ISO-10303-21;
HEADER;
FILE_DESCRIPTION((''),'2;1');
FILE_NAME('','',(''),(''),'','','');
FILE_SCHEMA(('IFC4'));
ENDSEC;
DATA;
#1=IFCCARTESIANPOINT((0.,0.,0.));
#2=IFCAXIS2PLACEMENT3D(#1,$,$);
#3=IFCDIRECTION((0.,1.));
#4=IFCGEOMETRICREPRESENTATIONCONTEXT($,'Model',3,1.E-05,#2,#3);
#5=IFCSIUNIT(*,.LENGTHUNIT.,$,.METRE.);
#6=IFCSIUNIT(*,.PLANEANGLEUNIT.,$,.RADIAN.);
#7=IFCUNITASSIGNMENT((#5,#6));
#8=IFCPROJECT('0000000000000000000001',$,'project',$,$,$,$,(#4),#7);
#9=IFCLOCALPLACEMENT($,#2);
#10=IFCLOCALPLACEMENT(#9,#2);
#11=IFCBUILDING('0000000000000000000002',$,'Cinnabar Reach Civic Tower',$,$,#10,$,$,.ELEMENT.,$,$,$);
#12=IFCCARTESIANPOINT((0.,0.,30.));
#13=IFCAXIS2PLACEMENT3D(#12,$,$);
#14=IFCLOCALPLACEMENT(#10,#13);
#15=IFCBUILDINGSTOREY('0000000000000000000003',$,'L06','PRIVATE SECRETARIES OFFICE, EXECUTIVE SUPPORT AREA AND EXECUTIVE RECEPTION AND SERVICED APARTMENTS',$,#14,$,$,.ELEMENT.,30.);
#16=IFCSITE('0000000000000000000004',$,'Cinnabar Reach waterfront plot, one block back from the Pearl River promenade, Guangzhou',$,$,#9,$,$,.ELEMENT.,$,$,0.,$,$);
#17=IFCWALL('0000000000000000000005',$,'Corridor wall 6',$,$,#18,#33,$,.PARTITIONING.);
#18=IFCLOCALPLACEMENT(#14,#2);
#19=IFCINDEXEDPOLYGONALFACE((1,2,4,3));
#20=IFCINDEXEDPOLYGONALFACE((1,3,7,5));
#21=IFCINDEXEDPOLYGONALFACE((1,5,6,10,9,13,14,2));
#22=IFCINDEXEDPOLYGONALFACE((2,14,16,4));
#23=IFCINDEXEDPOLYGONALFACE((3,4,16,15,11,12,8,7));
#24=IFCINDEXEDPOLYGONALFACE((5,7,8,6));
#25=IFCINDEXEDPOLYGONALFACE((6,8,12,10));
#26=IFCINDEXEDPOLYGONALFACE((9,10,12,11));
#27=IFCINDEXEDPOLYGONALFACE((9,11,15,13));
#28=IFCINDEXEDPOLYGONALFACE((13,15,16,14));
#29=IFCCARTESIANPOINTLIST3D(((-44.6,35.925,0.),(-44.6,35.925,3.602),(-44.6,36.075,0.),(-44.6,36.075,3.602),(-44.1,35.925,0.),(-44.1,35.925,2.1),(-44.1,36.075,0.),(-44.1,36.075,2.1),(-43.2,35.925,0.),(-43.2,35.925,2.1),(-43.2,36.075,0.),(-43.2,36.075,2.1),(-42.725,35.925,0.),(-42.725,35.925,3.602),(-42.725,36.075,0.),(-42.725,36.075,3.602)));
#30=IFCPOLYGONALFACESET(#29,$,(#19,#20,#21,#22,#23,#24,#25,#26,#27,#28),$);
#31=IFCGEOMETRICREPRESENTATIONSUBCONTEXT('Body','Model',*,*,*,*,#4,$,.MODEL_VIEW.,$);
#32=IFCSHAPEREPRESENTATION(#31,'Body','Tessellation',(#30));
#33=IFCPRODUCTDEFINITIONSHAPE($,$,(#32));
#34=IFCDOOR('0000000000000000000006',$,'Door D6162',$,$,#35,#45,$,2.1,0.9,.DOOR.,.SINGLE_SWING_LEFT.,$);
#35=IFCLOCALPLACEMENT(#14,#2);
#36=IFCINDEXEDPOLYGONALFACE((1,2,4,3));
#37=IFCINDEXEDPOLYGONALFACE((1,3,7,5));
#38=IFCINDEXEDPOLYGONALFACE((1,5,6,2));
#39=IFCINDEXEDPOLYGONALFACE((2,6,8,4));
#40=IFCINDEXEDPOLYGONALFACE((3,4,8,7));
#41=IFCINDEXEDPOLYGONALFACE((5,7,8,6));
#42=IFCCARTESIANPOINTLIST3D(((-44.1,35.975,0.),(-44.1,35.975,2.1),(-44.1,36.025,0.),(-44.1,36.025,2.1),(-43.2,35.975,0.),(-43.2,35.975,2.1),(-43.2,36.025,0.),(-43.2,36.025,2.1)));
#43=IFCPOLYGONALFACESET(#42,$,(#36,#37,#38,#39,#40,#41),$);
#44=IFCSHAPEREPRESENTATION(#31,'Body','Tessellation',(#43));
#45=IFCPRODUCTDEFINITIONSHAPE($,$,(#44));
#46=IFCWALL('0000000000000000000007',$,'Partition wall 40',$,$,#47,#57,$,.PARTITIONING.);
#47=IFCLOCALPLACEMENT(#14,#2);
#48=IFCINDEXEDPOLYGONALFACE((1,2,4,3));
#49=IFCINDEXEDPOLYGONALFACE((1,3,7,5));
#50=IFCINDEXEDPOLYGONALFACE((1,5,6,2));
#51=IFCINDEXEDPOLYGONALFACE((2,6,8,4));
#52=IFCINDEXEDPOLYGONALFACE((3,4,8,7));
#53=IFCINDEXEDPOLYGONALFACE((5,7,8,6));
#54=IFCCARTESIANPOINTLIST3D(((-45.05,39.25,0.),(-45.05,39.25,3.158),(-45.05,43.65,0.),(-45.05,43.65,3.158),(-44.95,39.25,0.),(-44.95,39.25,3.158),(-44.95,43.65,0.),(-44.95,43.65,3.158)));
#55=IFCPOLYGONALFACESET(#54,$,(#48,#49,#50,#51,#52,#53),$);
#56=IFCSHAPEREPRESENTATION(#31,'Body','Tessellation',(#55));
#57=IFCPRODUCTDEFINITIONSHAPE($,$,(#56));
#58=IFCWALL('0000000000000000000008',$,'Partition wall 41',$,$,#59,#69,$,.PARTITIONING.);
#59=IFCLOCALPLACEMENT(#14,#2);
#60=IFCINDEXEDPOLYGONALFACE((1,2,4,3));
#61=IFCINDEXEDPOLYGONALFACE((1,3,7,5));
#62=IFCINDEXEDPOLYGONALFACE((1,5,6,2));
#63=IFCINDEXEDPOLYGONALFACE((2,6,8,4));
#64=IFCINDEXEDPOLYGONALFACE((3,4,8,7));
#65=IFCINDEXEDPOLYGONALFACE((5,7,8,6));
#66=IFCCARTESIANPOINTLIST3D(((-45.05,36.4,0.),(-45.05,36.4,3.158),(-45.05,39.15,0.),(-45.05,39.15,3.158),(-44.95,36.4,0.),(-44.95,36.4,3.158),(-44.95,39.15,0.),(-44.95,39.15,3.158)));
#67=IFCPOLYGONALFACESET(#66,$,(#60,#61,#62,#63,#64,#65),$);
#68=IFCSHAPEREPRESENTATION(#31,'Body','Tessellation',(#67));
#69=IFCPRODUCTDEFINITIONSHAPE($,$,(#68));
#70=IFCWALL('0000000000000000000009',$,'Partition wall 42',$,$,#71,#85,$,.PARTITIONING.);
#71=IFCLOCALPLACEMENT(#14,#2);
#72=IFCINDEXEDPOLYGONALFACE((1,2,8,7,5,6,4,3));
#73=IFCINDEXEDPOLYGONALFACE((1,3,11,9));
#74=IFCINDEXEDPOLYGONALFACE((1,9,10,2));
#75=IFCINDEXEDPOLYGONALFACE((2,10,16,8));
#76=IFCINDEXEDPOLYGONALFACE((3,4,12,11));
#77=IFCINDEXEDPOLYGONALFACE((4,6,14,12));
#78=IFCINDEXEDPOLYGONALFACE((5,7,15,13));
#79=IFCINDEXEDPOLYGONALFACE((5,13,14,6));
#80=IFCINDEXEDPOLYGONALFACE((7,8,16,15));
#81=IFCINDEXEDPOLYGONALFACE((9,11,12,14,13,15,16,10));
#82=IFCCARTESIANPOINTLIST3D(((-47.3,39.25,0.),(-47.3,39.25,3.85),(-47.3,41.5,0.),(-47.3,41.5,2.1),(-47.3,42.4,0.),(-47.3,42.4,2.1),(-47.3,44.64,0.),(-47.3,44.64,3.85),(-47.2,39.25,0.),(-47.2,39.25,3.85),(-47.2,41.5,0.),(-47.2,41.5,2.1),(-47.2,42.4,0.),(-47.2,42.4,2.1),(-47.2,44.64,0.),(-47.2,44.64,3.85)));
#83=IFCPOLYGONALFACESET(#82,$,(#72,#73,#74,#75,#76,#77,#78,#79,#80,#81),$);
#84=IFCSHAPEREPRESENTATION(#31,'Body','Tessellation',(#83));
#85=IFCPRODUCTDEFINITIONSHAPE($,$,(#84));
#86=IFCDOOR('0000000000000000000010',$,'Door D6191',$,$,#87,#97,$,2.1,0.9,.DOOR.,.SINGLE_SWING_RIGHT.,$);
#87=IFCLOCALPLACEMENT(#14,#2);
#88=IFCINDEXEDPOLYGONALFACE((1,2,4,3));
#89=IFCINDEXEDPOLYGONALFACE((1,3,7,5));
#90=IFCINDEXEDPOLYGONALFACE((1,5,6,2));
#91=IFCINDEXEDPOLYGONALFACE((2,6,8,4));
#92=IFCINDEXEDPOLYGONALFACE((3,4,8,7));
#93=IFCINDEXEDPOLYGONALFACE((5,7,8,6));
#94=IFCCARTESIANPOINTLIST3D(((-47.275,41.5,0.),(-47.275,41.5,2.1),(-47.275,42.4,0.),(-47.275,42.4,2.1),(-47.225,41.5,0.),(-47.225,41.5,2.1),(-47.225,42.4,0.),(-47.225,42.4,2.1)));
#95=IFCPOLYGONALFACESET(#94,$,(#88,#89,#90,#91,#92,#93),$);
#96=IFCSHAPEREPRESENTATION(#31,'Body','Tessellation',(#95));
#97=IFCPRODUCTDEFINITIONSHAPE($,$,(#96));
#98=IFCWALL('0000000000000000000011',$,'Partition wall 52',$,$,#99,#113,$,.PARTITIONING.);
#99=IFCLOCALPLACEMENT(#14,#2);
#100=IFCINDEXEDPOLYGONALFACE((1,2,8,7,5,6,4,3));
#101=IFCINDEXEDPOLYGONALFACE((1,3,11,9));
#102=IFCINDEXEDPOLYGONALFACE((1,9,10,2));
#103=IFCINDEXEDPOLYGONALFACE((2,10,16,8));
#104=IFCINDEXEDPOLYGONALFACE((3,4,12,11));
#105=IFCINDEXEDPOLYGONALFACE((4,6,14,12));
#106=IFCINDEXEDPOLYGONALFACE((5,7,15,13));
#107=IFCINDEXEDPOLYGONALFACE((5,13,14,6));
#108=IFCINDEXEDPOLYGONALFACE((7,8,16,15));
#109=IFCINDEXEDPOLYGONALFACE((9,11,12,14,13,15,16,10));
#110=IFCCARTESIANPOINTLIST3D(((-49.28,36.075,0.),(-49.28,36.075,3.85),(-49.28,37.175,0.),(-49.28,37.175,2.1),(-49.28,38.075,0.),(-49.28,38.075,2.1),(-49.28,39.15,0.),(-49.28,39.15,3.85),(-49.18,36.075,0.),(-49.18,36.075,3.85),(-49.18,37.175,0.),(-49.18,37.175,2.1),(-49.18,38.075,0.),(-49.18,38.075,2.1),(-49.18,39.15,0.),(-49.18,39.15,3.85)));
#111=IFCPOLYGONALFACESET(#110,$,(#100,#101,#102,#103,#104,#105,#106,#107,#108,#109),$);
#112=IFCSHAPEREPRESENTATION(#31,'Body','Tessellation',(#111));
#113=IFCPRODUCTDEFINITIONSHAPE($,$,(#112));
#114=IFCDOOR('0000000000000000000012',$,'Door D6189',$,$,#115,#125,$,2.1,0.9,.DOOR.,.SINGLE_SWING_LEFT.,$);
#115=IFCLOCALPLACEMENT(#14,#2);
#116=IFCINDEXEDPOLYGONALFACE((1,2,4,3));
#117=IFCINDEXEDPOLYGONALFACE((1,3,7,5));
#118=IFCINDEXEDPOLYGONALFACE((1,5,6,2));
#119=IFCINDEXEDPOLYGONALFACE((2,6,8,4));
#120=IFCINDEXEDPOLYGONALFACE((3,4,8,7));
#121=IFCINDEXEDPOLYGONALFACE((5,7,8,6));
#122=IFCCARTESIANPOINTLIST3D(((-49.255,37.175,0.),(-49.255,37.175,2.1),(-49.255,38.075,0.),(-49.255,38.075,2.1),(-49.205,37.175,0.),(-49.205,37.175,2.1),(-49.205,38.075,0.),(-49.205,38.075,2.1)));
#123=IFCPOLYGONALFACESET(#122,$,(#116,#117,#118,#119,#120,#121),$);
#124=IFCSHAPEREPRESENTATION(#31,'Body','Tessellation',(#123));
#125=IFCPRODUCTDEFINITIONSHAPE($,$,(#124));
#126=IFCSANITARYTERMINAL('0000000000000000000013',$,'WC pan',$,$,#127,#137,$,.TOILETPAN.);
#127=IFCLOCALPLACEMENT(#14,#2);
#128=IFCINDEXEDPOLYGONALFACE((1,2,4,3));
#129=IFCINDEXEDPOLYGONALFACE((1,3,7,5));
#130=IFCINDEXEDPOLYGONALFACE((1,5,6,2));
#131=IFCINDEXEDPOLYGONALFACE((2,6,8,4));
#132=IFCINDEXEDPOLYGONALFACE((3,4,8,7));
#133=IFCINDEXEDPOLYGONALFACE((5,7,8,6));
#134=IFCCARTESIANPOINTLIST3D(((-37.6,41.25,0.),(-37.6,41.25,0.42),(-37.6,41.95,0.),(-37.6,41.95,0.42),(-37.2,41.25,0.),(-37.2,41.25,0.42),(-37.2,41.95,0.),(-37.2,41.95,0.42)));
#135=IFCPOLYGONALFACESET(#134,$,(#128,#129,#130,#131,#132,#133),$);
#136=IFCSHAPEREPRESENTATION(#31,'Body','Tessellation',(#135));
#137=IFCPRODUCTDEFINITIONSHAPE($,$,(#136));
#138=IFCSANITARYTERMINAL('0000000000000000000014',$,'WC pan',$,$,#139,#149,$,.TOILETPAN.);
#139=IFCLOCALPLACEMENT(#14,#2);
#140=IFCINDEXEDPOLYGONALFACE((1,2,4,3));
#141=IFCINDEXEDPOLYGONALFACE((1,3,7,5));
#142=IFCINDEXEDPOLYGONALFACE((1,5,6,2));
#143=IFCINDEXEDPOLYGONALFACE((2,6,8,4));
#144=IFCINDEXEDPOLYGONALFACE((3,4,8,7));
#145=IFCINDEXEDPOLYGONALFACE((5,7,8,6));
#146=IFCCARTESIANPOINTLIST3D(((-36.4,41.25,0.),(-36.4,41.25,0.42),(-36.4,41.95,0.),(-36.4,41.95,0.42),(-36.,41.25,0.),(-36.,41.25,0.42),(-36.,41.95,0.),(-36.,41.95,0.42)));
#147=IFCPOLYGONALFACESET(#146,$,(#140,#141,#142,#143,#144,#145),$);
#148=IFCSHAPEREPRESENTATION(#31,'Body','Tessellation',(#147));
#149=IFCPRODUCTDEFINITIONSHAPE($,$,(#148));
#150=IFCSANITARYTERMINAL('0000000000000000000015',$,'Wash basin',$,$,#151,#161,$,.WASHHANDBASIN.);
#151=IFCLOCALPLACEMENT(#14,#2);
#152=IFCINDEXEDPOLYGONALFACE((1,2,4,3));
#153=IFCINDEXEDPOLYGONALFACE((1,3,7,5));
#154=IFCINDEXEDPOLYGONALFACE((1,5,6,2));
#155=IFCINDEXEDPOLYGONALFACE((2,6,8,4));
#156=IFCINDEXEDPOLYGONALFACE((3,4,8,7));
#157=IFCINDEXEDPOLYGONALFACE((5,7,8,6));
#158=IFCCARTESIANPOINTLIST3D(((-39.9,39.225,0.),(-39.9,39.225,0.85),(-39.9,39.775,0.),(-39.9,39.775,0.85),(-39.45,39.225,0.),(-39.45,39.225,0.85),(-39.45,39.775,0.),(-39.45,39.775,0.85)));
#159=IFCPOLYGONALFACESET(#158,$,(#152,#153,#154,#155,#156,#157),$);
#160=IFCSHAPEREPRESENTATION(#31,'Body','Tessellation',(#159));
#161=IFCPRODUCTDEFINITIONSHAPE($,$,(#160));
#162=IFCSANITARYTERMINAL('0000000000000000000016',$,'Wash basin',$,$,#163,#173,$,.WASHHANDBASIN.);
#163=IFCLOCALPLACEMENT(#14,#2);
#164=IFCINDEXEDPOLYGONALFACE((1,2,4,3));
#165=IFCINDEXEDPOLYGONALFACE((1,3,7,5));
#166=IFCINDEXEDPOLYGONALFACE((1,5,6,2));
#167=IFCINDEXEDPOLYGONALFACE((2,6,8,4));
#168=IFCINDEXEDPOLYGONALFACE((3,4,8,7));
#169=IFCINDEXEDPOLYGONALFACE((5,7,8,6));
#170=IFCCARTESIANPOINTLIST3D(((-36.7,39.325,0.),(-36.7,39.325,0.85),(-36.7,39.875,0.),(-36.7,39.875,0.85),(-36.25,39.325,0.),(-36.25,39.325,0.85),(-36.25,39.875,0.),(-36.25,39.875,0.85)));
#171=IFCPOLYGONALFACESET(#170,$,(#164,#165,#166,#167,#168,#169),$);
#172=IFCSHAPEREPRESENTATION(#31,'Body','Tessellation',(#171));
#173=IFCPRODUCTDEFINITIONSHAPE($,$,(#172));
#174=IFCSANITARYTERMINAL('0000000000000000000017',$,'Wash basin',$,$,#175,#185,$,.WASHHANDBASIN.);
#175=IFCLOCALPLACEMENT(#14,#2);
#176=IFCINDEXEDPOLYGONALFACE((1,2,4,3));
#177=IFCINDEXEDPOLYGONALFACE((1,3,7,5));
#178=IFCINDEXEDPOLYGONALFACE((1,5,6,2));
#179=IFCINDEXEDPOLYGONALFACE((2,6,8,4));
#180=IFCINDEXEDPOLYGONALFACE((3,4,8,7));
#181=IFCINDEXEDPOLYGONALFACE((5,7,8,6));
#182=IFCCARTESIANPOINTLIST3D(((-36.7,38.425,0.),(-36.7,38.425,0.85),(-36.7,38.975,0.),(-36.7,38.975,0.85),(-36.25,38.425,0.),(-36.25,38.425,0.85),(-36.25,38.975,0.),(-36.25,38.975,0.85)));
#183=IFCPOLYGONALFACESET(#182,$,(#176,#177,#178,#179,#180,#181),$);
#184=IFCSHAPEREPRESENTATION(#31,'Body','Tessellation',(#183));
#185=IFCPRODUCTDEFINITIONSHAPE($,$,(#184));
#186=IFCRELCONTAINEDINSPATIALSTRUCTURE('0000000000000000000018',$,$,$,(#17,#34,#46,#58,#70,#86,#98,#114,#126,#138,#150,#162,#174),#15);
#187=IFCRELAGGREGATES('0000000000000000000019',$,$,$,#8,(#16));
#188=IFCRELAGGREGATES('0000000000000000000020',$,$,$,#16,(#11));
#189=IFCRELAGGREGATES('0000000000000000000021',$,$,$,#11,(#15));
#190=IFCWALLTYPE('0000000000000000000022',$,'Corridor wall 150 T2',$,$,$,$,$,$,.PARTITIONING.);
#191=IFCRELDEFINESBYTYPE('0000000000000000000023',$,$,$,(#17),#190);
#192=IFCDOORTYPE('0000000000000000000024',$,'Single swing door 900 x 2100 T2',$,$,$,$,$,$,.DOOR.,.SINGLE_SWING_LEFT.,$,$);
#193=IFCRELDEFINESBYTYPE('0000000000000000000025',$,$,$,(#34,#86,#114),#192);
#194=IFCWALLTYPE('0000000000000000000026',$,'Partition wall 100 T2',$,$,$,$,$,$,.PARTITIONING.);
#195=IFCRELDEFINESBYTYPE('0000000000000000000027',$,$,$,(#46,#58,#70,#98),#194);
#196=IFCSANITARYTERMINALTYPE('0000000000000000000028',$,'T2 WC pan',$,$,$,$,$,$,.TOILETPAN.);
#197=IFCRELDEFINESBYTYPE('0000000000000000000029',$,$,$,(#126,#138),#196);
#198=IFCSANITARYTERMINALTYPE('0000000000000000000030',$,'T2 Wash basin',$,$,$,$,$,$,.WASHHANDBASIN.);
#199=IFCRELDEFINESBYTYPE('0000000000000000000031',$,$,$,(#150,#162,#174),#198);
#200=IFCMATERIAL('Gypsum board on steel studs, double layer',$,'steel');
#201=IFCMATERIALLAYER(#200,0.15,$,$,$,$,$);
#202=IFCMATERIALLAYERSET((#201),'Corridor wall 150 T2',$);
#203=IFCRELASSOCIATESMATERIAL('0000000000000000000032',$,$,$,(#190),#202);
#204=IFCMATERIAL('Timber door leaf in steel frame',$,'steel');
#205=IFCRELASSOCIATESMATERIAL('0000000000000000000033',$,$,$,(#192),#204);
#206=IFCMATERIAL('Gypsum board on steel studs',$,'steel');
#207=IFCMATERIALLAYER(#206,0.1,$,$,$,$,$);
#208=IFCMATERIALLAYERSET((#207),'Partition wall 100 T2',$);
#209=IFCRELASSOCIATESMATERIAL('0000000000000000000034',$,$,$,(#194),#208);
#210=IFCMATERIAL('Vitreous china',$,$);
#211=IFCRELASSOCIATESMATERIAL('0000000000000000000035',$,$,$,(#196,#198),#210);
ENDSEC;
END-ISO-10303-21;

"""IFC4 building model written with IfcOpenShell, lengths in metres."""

from ifc_helpers import new_model, si_unit, direction, frame, frame_2d, origin, origin_2d, place, context, subcontext, project, spatial, rectangle, extrude, material, layer, layer_set, type_object, element, fill, save


model = new_model("IFC4")

# Units and contexts
model_context = context("Model", 3, precision=1e-05, world=origin(), true_north=direction((0.0, 1.0)))
body_context = subcontext(model_context, "Body", "Model", "MODEL_VIEW")
ifc_project = project(units=[si_unit("LENGTHUNIT", "METRE"), si_unit("PLANEANGLEUNIT", "RADIAN")], contexts=[model_context])

# Site, building, storey
site_placement = place(None, origin())
site = spatial("IfcSite", under=ifc_project, at=site_placement, Name="Cinnabar Reach waterfront plot, one block back from the Pearl River promenade, Guangzhou", CompositionType="ELEMENT", RefElevation=0.0)
building_placement = place(site_placement, origin())
building = spatial("IfcBuilding", under=site, at=building_placement, Name="Cinnabar Reach Civic Tower", CompositionType="ELEMENT")
storey_placement = place(building_placement, frame((0.0, 0.0, 30.0)))
storey = spatial("IfcBuildingStorey", under=building, at=storey_placement, Name="L06", Description="PRIVATE SECRETARIES OFFICE, EXECUTIVE SUPPORT AREA AND EXECUTIVE RECEPTION AND SERVICED APARTMENTS", CompositionType="ELEMENT", Elevation=30.0)

# Wall, opening, door
ifc_material_1 = material(Name="Gypsum board on steel studs, double layer", Category="steel")
ifc_layer_1 = layer(ifc_material_1, 0.15)
ifc_layer_set_1 = layer_set([ifc_layer_1], Name="Corridor wall 150 T2")
wall_type_1 = type_object("IfcWallType", Name="Corridor wall 150 T2", PredefinedType="PARTITIONING", material=ifc_layer_set_1)
wall_1_placement = place(storey_placement, frame((-44.6, 36.0, 0.0), z_axis=(0.0, 0.0, 1.0), x_axis=(1.0, 0.0, 0.0)))
wall_1 = element("IfcWall", 1, at=wall_1_placement, inside=storey, type_object=wall_type_1, Name="Corridor wall 6", PredefinedType="PARTITIONING", context=body_context, shape_type="SweptSolid", body=[
    extrude(rectangle(XDim=1.875, YDim=0.15, at=frame_2d((0.9375, 0.0))), origin(), (0.0, 0.0, 1.0), 3.602),
])
opening_1_placement = place(wall_1_placement, frame((0.5, 0.0, 0.0)))
opening_1 = element("IfcOpeningElement", 2, at=opening_1_placement, cuts=wall_1, PredefinedType="OPENING", context=body_context, shape_type="SweptSolid", body=[
    extrude(rectangle(XDim=0.9, YDim=2.1, at=frame_2d((0.45, 1.05))), frame((0.0, 0.085, 0.0), z_axis=(0.0, -1.0, 0.0), x_axis=(1.0, 0.0, 0.0)), (0.0, 0.0, 1.0), 0.17),
])
ifc_material_2 = material(Name="Timber door leaf in steel frame", Category="steel")
door_type_1 = type_object("IfcDoorType", Name="Single swing door 900 x 2100 T2", OperationType="SINGLE_SWING_LEFT", PredefinedType="DOOR", material=ifc_material_2)
door_1_placement = place(opening_1_placement, origin())
door_1 = element("IfcDoor", 3, at=door_1_placement, inside=storey, type_object=door_type_1, Name="Door D6162", OperationType="SINGLE_SWING_LEFT", OverallHeight=2.1, OverallWidth=0.9, PredefinedType="DOOR", context=body_context, shape_type="SweptSolid", body=[
    extrude(rectangle(XDim=0.9, YDim=2.1, at=frame_2d((0.45, 1.05))), frame((0.0, 0.025, 0.0), z_axis=(0.0, -1.0, 0.0), x_axis=(1.0, 0.0, 0.0)), (0.0, 0.0, 1.0), 0.05),
])
fill(opening_1, door_1)

# Walls
ifc_material_3 = material(Name="Gypsum board on steel studs", Category="steel")
ifc_layer_2 = layer(ifc_material_3, 0.1)
ifc_layer_set_2 = layer_set([ifc_layer_2], Name="Partition wall 100 T2")
wall_type_2 = type_object("IfcWallType", Name="Partition wall 100 T2", PredefinedType="PARTITIONING", material=ifc_layer_set_2)
wall_2_placement = place(storey_placement, frame((-45.0, 39.25, 0.0), z_axis=(0.0, 0.0, 1.0), x_axis=(0.0, 1.0, 0.0)))
element("IfcWall", 4, at=wall_2_placement, inside=storey, type_object=wall_type_2, Name="Partition wall 40", PredefinedType="PARTITIONING", context=body_context, shape_type="SweptSolid", body=[
    extrude(rectangle(XDim=4.4, YDim=0.1, at=frame_2d((2.2, 0.0))), origin(), (0.0, 0.0, 1.0), 3.158),
])
wall_3_placement = place(storey_placement, frame((-45.0, 36.4, 0.0), z_axis=(0.0, 0.0, 1.0), x_axis=(0.0, 1.0, 0.0)))
element("IfcWall", 5, at=wall_3_placement, inside=storey, type_object=wall_type_2, Name="Partition wall 41", PredefinedType="PARTITIONING", context=body_context, shape_type="SweptSolid", body=[
    extrude(rectangle(XDim=2.75, YDim=0.1, at=frame_2d((1.375, 0.0))), origin(), (0.0, 0.0, 1.0), 3.158),
])

# Walls, openings, doors
wall_4_placement = place(storey_placement, frame((-47.25, 39.25, 0.0), z_axis=(0.0, 0.0, 1.0), x_axis=(0.0, 1.0, 0.0)))
wall_4 = element("IfcWall", 6, at=wall_4_placement, inside=storey, type_object=wall_type_2, Name="Partition wall 42", PredefinedType="PARTITIONING", context=body_context, shape_type="SweptSolid", body=[
    extrude(rectangle(XDim=5.39, YDim=0.1, at=frame_2d((2.695, 0.0))), origin(), (0.0, 0.0, 1.0), 3.85),
])
opening_2_placement = place(wall_4_placement, frame((2.25, 0.0, 0.0)))
opening_2 = element("IfcOpeningElement", 7, at=opening_2_placement, cuts=wall_4, PredefinedType="OPENING", context=body_context, shape_type="SweptSolid", body=[
    extrude(rectangle(XDim=0.9, YDim=2.1, at=frame_2d((0.45, 1.05))), frame((0.0, 0.06, 0.0), z_axis=(0.0, -1.0, 0.0), x_axis=(1.0, 0.0, 0.0)), (0.0, 0.0, 1.0), 0.12),
])
door_2_placement = place(opening_2_placement, frame((0.9, 0.0, 0.0), z_axis=(0.0, 0.0, 1.0), x_axis=(-1.0, 0.0, 0.0)))
door_2 = element("IfcDoor", 8, at=door_2_placement, inside=storey, type_object=door_type_1, Name="Door D6191", OperationType="SINGLE_SWING_RIGHT", OverallHeight=2.1, OverallWidth=0.9, PredefinedType="DOOR", context=body_context, shape_type="SweptSolid", body=[
    extrude(rectangle(XDim=0.9, YDim=2.1, at=frame_2d((0.45, 1.05))), frame((0.0, 0.025, 0.0), z_axis=(0.0, -1.0, 0.0), x_axis=(1.0, 0.0, 0.0)), (0.0, 0.0, 1.0), 0.05),
])
fill(opening_2, door_2)
wall_5_placement = place(storey_placement, frame((-49.23, 36.075, 0.0), z_axis=(0.0, 0.0, 1.0), x_axis=(0.0, 1.0, 0.0)))
wall_5 = element("IfcWall", 9, at=wall_5_placement, inside=storey, type_object=wall_type_2, Name="Partition wall 52", PredefinedType="PARTITIONING", context=body_context, shape_type="SweptSolid", body=[
    extrude(rectangle(XDim=3.075, YDim=0.1, at=frame_2d((1.5375, 0.0))), origin(), (0.0, 0.0, 1.0), 3.85),
])
opening_3_placement = place(wall_5_placement, frame((1.1, 0.0, 0.0)))
opening_3 = element("IfcOpeningElement", 10, at=opening_3_placement, cuts=wall_5, PredefinedType="OPENING", context=body_context, shape_type="SweptSolid", body=[
    extrude(rectangle(XDim=0.9, YDim=2.1, at=frame_2d((0.45, 1.05))), frame((0.0, 0.06, 0.0), z_axis=(0.0, -1.0, 0.0), x_axis=(1.0, 0.0, 0.0)), (0.0, 0.0, 1.0), 0.12),
])
door_3_placement = place(opening_3_placement, origin())
door_3 = element("IfcDoor", 11, at=door_3_placement, inside=storey, type_object=door_type_1, Name="Door D6189", OperationType="SINGLE_SWING_LEFT", OverallHeight=2.1, OverallWidth=0.9, PredefinedType="DOOR", context=body_context, shape_type="SweptSolid", body=[
    extrude(rectangle(XDim=0.9, YDim=2.1, at=frame_2d((0.45, 1.05))), frame((0.0, 0.025, 0.0), z_axis=(0.0, -1.0, 0.0), x_axis=(1.0, 0.0, 0.0)), (0.0, 0.0, 1.0), 0.05),
])
fill(opening_3, door_3)

# Sanitary terminals
ifc_material_4 = material(Name="Vitreous china")
sanitary_terminal_type_1 = type_object("IfcSanitaryTerminalType", Name="T2 WC pan", PredefinedType="TOILETPAN", material=ifc_material_4)
for number, where, z_axis, x_axis, name in (
    (12, (-37.4, 41.6, 0.0), (0.0, 0.0, 1.0), (1.0, 0.0, 0.0), "WC pan"),
    (13, (-36.2, 41.6, 0.0), (0.0, 0.0, 1.0), (1.0, 0.0, 0.0), "WC pan"),
):
    element("IfcSanitaryTerminal", number, at=place(storey_placement, frame(where, z_axis=z_axis, x_axis=x_axis)), inside=storey, type_object=sanitary_terminal_type_1, Name=name, PredefinedType="TOILETPAN", context=body_context, shape_type="SweptSolid", body=[
        extrude(rectangle(XDim=0.4, YDim=0.7, at=origin_2d()), origin(), (0.0, 0.0, 1.0), 0.42),
    ])
sanitary_terminal_type_2 = type_object("IfcSanitaryTerminalType", Name="T2 Wash basin", PredefinedType="WASHHANDBASIN", material=ifc_material_4)
for number, where, z_axis, x_axis, name in (
    (14, (-39.675, 39.5, 0.0), (0.0, 0.0, 1.0), (1.0, 0.0, 0.0), "Wash basin"),
    (15, (-36.475, 39.6, 0.0), (0.0, 0.0, 1.0), (1.0, 0.0, 0.0), "Wash basin"),
    (16, (-36.475, 38.7, 0.0), (0.0, 0.0, 1.0), (1.0, 0.0, 0.0), "Wash basin"),
):
    element("IfcSanitaryTerminal", number, at=place(storey_placement, frame(where, z_axis=z_axis, x_axis=x_axis)), inside=storey, type_object=sanitary_terminal_type_2, Name=name, PredefinedType="WASHHANDBASIN", context=body_context, shape_type="SweptSolid", body=[
        extrude(rectangle(XDim=0.45, YDim=0.55, at=origin_2d()), origin(), (0.0, 0.0, 1.0), 0.85),
    ])

save(model, "model.ifc")
